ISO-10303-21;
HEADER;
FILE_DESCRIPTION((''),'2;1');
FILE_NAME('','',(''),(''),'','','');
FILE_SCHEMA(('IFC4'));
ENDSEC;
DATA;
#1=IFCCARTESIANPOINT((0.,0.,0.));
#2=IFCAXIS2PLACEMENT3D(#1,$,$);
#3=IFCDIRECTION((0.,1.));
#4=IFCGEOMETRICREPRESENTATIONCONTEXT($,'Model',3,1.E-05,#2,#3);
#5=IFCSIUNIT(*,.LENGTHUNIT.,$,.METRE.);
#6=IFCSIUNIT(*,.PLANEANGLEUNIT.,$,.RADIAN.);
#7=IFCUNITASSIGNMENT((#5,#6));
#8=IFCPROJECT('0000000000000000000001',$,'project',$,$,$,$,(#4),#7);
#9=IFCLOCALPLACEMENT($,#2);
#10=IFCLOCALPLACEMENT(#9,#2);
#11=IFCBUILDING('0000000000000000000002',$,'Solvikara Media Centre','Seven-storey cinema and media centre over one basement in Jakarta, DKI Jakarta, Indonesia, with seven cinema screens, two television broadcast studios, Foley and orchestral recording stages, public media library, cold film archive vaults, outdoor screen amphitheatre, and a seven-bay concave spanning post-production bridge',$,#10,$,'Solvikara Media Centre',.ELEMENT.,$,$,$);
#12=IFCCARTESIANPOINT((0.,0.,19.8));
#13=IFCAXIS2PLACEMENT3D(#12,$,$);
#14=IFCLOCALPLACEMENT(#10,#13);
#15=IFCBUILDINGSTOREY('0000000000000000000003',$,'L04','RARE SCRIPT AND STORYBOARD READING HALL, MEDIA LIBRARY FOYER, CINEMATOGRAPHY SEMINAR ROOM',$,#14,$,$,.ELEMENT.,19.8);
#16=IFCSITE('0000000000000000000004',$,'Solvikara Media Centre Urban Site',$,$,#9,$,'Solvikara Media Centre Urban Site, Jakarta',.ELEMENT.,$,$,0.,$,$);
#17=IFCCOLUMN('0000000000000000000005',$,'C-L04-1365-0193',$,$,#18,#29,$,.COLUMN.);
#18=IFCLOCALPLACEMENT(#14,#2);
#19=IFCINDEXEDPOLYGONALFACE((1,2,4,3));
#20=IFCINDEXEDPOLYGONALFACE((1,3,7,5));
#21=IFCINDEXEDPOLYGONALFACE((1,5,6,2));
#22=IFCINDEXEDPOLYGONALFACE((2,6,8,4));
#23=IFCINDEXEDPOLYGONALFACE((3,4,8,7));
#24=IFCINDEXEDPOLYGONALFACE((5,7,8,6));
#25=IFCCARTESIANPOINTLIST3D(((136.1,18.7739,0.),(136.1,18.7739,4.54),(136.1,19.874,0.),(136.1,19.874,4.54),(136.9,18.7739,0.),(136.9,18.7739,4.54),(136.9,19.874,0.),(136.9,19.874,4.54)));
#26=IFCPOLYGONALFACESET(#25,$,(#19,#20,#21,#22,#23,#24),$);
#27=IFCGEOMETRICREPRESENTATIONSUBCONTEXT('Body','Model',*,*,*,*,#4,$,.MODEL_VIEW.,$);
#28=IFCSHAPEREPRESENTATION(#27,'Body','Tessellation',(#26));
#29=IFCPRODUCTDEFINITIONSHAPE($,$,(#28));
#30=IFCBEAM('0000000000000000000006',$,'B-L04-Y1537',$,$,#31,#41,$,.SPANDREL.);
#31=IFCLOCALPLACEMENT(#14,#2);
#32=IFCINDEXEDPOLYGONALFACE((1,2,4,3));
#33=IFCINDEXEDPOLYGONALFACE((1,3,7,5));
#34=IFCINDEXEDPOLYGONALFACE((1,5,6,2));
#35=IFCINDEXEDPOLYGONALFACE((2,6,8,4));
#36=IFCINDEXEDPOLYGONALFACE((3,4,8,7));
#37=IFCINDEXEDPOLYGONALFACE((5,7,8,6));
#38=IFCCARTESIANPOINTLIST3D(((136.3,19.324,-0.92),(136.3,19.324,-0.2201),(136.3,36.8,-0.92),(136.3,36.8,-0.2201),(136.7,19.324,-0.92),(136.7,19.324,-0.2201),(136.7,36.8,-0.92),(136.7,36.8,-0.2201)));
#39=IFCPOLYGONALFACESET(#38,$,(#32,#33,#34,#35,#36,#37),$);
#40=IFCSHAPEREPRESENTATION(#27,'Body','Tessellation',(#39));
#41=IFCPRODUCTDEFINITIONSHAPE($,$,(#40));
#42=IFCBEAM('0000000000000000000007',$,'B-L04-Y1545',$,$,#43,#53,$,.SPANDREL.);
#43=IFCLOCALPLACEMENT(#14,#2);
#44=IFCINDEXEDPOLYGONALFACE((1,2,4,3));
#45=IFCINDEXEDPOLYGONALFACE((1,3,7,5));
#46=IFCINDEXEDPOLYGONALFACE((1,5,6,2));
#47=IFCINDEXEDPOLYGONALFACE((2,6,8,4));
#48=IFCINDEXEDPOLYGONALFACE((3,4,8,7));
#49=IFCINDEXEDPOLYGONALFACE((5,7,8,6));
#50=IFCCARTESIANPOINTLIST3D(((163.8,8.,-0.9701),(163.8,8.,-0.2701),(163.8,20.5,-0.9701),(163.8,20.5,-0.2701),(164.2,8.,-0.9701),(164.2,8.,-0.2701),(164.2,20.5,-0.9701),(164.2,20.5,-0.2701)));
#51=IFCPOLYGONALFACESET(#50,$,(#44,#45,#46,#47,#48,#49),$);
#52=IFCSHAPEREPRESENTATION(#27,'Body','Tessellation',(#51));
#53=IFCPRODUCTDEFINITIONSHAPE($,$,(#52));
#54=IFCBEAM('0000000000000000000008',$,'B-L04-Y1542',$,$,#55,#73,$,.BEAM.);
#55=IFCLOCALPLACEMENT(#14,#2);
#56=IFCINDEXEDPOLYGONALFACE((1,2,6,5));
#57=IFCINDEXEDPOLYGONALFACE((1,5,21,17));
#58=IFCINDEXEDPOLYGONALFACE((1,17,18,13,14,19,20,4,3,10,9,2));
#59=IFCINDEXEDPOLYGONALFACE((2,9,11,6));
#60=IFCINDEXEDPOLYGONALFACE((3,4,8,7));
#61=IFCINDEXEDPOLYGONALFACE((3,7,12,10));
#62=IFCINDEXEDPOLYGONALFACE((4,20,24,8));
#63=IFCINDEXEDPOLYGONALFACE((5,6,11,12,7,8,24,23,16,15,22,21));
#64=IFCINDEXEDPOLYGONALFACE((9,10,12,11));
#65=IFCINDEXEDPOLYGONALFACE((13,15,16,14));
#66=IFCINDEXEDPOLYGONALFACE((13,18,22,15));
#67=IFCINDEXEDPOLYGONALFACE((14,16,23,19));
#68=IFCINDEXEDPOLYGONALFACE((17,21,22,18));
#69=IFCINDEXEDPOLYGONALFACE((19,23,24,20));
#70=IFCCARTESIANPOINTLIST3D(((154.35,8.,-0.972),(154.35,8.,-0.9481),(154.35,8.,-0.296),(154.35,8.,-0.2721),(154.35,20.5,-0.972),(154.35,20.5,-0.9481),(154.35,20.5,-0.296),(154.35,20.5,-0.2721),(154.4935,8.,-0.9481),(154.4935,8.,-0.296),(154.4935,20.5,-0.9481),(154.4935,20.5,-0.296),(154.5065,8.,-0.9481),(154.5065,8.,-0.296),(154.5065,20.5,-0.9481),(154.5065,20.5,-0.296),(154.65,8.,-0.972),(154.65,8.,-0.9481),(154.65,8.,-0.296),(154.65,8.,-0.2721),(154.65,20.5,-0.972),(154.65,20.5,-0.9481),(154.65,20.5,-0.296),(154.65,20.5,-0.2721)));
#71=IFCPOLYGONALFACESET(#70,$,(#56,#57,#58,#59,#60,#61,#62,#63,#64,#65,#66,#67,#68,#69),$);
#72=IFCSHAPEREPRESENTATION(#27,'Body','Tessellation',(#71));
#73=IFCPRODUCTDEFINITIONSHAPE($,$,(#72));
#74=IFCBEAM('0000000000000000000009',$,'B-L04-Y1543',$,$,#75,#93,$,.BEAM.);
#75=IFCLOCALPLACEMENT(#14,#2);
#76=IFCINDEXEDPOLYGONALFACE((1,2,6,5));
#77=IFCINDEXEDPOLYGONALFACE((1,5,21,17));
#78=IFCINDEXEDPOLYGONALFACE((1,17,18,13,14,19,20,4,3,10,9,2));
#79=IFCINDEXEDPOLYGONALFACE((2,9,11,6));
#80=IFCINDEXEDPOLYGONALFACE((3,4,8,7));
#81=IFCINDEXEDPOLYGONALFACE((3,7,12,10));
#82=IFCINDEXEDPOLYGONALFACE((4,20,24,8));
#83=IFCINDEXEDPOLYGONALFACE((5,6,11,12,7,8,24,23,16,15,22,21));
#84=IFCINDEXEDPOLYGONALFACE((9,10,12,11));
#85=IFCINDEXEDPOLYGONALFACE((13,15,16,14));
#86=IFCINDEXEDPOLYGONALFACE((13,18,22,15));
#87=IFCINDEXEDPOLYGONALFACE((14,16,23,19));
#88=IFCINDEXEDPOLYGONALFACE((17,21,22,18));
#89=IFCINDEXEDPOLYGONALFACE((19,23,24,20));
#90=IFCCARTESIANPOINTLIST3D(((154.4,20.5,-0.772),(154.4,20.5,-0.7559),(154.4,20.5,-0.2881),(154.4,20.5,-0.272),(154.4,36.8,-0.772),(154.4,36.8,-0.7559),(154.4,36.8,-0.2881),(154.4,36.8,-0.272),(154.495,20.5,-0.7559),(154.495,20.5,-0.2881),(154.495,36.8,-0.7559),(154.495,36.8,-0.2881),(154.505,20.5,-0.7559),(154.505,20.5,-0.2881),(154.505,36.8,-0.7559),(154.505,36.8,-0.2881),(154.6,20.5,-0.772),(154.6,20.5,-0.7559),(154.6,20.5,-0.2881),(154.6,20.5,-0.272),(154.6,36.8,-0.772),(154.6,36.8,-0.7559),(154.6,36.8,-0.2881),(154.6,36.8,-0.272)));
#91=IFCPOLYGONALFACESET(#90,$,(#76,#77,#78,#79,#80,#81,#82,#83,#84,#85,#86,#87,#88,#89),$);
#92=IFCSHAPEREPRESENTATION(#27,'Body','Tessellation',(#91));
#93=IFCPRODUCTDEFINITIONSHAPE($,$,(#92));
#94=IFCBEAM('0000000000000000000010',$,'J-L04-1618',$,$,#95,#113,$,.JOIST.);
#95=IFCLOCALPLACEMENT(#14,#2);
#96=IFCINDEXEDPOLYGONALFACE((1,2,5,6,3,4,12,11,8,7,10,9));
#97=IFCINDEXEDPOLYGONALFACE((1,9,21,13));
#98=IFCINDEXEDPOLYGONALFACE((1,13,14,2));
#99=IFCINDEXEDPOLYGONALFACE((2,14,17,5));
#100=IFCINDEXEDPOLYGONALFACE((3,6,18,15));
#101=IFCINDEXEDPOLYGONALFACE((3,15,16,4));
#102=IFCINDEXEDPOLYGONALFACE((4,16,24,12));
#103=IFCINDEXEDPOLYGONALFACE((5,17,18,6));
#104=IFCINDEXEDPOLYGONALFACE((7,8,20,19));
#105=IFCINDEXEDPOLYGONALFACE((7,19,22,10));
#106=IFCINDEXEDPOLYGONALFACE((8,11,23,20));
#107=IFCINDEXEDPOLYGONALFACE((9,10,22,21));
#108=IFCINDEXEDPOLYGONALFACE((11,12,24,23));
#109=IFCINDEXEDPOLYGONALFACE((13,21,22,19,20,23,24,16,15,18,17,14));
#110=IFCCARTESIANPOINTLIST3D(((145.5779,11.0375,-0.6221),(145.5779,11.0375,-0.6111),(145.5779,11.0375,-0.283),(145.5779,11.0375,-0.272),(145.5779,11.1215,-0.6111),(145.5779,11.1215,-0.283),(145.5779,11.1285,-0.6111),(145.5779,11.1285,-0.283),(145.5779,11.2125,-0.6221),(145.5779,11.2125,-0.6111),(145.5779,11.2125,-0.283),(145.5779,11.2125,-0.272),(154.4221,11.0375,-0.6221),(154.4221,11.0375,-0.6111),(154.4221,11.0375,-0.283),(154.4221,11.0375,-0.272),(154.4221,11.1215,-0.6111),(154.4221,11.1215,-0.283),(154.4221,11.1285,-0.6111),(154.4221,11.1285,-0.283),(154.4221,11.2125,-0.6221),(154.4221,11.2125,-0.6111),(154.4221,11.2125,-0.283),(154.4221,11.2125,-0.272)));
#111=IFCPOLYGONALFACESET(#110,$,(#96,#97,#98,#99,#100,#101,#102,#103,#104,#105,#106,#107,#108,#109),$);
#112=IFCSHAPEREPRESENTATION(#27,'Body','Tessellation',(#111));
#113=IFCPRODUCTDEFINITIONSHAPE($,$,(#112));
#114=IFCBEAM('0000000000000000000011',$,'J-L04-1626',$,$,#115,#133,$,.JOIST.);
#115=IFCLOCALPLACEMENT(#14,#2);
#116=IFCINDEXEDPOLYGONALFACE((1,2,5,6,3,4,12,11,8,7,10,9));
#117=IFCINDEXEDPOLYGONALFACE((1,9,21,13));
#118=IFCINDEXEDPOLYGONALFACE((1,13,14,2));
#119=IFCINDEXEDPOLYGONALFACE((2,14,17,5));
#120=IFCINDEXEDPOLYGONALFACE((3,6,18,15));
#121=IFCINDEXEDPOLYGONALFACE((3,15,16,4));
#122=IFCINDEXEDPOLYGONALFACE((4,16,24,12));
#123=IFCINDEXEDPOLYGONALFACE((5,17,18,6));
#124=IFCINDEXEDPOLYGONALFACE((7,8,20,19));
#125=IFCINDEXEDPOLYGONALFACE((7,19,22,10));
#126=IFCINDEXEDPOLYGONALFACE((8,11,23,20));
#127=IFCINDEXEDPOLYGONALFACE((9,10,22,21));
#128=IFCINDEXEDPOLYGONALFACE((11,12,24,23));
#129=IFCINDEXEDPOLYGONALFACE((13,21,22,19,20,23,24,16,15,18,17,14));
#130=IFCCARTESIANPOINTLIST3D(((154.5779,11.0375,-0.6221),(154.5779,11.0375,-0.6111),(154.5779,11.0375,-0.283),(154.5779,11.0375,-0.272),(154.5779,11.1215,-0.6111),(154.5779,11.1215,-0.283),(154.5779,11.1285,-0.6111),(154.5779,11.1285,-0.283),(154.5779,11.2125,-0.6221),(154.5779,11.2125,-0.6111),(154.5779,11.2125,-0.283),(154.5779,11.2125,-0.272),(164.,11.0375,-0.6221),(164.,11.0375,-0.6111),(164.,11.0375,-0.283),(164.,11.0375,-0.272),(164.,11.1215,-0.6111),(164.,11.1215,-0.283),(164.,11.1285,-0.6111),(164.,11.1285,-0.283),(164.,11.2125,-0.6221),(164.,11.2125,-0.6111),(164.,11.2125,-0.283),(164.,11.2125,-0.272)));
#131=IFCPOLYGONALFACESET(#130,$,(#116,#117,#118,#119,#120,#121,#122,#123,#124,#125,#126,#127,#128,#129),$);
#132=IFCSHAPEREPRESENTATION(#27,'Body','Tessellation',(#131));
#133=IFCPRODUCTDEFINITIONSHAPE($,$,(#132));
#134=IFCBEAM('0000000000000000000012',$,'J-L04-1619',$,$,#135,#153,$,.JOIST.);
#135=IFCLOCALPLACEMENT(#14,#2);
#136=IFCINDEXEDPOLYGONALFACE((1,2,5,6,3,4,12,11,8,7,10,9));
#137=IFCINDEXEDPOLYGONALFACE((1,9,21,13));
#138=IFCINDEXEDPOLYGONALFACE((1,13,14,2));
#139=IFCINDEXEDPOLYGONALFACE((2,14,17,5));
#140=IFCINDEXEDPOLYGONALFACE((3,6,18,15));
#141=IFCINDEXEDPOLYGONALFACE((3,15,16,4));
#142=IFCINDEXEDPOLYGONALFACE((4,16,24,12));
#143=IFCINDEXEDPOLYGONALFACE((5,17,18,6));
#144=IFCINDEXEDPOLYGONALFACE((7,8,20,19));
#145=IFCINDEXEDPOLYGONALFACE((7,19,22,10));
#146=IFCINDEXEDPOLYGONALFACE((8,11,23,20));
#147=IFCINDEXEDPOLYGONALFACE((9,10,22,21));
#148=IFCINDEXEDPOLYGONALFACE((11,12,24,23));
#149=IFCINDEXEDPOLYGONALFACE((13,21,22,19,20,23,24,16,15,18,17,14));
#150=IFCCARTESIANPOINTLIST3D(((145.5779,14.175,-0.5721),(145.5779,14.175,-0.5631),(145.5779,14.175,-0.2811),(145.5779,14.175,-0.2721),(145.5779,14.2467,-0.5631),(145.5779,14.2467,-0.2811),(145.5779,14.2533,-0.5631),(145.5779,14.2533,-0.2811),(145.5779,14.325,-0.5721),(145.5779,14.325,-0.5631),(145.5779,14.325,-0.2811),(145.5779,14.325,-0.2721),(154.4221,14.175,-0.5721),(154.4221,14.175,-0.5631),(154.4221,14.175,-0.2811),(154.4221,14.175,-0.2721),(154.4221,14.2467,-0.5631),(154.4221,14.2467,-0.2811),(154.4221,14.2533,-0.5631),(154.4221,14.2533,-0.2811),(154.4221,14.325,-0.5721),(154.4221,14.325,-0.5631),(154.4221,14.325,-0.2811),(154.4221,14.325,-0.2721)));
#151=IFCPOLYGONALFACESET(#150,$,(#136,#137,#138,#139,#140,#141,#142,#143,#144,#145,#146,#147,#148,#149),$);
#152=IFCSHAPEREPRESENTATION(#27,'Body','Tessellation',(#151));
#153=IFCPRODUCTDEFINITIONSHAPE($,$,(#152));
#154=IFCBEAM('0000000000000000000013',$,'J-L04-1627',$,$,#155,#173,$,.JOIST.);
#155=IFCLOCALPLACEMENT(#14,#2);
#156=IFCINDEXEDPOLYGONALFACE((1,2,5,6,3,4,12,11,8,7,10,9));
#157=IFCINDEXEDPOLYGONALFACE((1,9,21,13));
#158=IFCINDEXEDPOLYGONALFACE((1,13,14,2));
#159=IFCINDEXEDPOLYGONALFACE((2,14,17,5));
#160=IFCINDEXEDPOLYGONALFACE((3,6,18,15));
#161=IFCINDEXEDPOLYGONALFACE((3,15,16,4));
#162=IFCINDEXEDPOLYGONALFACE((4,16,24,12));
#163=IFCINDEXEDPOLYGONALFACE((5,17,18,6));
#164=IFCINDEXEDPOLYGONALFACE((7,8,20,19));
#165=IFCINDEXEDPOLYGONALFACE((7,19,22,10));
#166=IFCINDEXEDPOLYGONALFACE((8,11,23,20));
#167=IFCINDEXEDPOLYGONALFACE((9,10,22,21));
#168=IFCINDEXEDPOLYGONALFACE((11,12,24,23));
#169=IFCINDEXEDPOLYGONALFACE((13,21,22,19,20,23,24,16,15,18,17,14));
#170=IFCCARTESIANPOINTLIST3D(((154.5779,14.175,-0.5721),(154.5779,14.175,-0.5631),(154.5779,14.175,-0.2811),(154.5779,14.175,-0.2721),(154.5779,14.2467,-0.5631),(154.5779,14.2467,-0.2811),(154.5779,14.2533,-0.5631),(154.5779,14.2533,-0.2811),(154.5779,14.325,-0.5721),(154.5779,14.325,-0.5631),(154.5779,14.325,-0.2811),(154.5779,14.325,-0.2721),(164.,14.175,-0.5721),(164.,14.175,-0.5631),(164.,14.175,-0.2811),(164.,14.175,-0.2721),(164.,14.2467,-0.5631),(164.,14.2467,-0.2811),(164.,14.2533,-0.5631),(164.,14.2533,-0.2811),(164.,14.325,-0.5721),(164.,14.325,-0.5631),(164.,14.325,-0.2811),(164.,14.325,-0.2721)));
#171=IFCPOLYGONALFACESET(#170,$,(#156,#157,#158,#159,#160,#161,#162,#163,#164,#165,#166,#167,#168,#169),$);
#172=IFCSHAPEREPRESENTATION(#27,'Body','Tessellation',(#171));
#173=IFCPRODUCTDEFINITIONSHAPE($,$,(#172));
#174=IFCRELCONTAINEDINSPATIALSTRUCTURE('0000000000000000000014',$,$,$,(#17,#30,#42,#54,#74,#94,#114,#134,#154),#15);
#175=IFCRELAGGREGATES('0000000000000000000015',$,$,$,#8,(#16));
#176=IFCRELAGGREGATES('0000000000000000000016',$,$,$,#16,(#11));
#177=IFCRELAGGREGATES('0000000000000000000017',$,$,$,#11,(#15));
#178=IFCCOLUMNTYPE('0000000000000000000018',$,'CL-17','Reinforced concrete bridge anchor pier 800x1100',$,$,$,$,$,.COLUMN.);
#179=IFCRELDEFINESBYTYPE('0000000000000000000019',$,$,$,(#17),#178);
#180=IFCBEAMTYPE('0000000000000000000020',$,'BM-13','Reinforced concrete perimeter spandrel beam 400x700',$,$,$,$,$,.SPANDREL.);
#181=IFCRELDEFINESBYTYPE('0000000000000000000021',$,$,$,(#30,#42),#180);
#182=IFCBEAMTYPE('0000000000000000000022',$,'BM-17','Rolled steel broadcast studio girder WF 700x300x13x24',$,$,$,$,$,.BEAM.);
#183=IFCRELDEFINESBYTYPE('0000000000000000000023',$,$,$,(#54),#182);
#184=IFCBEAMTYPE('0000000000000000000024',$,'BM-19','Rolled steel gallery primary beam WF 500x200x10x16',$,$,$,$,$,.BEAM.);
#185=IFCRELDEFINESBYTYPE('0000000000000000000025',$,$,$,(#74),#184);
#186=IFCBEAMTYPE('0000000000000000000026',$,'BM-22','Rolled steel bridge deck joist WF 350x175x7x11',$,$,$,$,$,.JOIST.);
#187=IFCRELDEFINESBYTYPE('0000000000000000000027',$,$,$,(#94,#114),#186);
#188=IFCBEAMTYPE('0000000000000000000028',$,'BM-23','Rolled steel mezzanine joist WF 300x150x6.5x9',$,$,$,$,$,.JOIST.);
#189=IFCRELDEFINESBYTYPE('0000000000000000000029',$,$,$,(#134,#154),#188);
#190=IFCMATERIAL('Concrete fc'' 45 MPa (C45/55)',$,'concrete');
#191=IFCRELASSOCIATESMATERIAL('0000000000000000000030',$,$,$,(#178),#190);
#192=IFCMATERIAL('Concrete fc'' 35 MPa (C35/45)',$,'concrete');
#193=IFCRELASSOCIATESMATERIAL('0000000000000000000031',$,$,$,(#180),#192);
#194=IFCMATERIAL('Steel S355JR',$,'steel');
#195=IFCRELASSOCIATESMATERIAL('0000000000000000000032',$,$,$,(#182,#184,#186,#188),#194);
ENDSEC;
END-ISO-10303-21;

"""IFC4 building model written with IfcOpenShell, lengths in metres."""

from ifc_helpers import new_model, si_unit, direction, frame, origin, origin_2d, place, context, subcontext, project, spatial, rectangle, i_section, extrude, material, material_profile, profile_set, type_object, element, save


model = new_model("IFC4")

# Units and contexts
model_context = context("Model", 3, precision=1e-05, world=origin(), true_north=direction((0.0, 1.0)))
body_context = subcontext(model_context, "Body", "Model", "MODEL_VIEW")
ifc_project = project(units=[si_unit("LENGTHUNIT", "METRE"), si_unit("PLANEANGLEUNIT", "RADIAN")], contexts=[model_context])

# Site, building, storey
site_placement = place(None, origin())
site = spatial("IfcSite", under=ifc_project, at=site_placement, Name="Solvikara Media Centre Urban Site", LongName="Solvikara Media Centre Urban Site, Jakarta", CompositionType="ELEMENT", RefElevation=0.0)
building_placement = place(site_placement, origin())
building = spatial("IfcBuilding", under=site, at=building_placement, Name="Solvikara Media Centre", Description="Seven-storey cinema and media centre over one basement in Jakarta, DKI Jakarta, Indonesia, with seven cinema screens, two television broadcast studios, Foley and orchestral recording stages, public media library, cold film archive vaults, outdoor screen amphitheatre, and a seven-bay concave spanning post-production bridge", LongName="Solvikara Media Centre", CompositionType="ELEMENT")
storey_placement = place(building_placement, frame((0.0, 0.0, 19.8)))
storey = spatial("IfcBuildingStorey", under=building, at=storey_placement, Name="L04", Description="RARE SCRIPT AND STORYBOARD READING HALL, MEDIA LIBRARY FOYER, CINEMATOGRAPHY SEMINAR ROOM", CompositionType="ELEMENT", Elevation=19.8)

# Column
ifc_material_1 = material(Name="Concrete fc' 45 MPa (C45/55)", Category="concrete")
ifc_material_profile_1 = material_profile(ifc_material_1, rectangle(XDim=0.8, YDim=1.1001, at=origin_2d()), Name="RC 800x1100")
ifc_profile_set_1 = profile_set([ifc_material_profile_1], Name="Concrete fc' 45 MPa (C45/55)")
column_type = type_object("IfcColumnType", Name="CL-17", Description="Reinforced concrete bridge anchor pier 800x1100", PredefinedType="COLUMN", material=ifc_profile_set_1)
column_placement = place(storey_placement, frame((136.5, 19.324, 0.0), z_axis=(0.0, 0.0, 1.0), x_axis=(1.0, 0.0, 0.0)))
element("IfcColumn", 1, at=column_placement, inside=storey, type_object=column_type, Name="C-L04-1365-0193", PredefinedType="COLUMN", context=body_context, shape_type="SweptSolid", body=[
    extrude(rectangle(XDim=0.8, YDim=1.1001, at=origin_2d()), origin(), (0.0, 0.0, 1.0), 4.54),
])

# Beams
ifc_material_2 = material(Name="Concrete fc' 35 MPa (C35/45)", Category="concrete")
ifc_material_profile_2 = material_profile(ifc_material_2, rectangle(XDim=0.3999, YDim=0.7, at=origin_2d()), Name="RC 400x700")
ifc_profile_set_2 = profile_set([ifc_material_profile_2], Name="Concrete fc' 35 MPa (C35/45)")
beam_type_1 = type_object("IfcBeamType", Name="BM-13", Description="Reinforced concrete perimeter spandrel beam 400x700", PredefinedType="SPANDREL", material=ifc_profile_set_2)
beam_1_placement = place(storey_placement, frame((136.5, 19.324, -0.5701), z_axis=(0.0, 1.0, 0.0), x_axis=(-1.0, 0.0, 0.0)))
element("IfcBeam", 2, at=beam_1_placement, inside=storey, type_object=beam_type_1, Name="B-L04-Y1537", PredefinedType="SPANDREL", context=body_context, shape_type="SweptSolid", body=[
    extrude(rectangle(XDim=0.3999, YDim=0.7, at=origin_2d()), origin(), (0.0, 0.0, 1.0), 17.4761),
])
beam_2_placement = place(storey_placement, frame((164.0, 8.0, -0.6201), z_axis=(0.0, 1.0, 0.0), x_axis=(-1.0, 0.0, 0.0)))
element("IfcBeam", 3, at=beam_2_placement, inside=storey, type_object=beam_type_1, Name="B-L04-Y1545", PredefinedType="SPANDREL", context=body_context, shape_type="SweptSolid", body=[
    extrude(rectangle(XDim=0.3999, YDim=0.7, at=origin_2d()), origin(), (0.0, 0.0, 1.0), 12.5),
])
ifc_material_3 = material(Name="Steel S355JR", Category="steel")
ifc_material_profile_3 = material_profile(ifc_material_3, i_section(OverallWidth=0.3, OverallDepth=0.7, WebThickness=0.0129, FlangeThickness=0.0239, at=origin_2d()), Name="WF 700x300x13x24")
ifc_profile_set_3 = profile_set([ifc_material_profile_3], Name="Steel S355JR")
beam_type_2 = type_object("IfcBeamType", Name="BM-17", Description="Rolled steel broadcast studio girder WF 700x300x13x24", PredefinedType="BEAM", material=ifc_profile_set_3)
beam_3_placement = place(storey_placement, frame((154.5, 8.0, -0.6221), z_axis=(0.0, 1.0, 0.0), x_axis=(-1.0, 0.0, 0.0)))
element("IfcBeam", 4, at=beam_3_placement, inside=storey, type_object=beam_type_2, Name="B-L04-Y1542", PredefinedType="BEAM", context=body_context, shape_type="SweptSolid", body=[
    extrude(i_section(OverallWidth=0.3, OverallDepth=0.7, WebThickness=0.0129, FlangeThickness=0.0239, at=origin_2d()), origin(), (0.0, 0.0, 1.0), 12.5),
])
ifc_material_profile_4 = material_profile(ifc_material_3, i_section(OverallWidth=0.2, OverallDepth=0.5, WebThickness=0.01, FlangeThickness=0.0161, at=origin_2d()), Name="WF 500x200x10x16")
ifc_profile_set_4 = profile_set([ifc_material_profile_4], Name="Steel S355JR")
beam_type_3 = type_object("IfcBeamType", Name="BM-19", Description="Rolled steel gallery primary beam WF 500x200x10x16", PredefinedType="BEAM", material=ifc_profile_set_4)
beam_4_placement = place(storey_placement, frame((154.5, 20.5, -0.522), z_axis=(0.0, 1.0, 0.0), x_axis=(-1.0, 0.0, 0.0)))
element("IfcBeam", 5, at=beam_4_placement, inside=storey, type_object=beam_type_3, Name="B-L04-Y1543", PredefinedType="BEAM", context=body_context, shape_type="SweptSolid", body=[
    extrude(i_section(OverallWidth=0.2, OverallDepth=0.5, WebThickness=0.01, FlangeThickness=0.0161, at=origin_2d()), origin(), (0.0, 0.0, 1.0), 16.3),
])
ifc_material_profile_5 = material_profile(ifc_material_3, i_section(OverallWidth=0.175, OverallDepth=0.3501, WebThickness=0.0071, FlangeThickness=0.011, at=origin_2d()), Name="WF 350x175x7x11")
ifc_profile_set_5 = profile_set([ifc_material_profile_5], Name="Steel S355JR")
beam_type_4 = type_object("IfcBeamType", Name="BM-22", Description="Rolled steel bridge deck joist WF 350x175x7x11", PredefinedType="JOIST", material=ifc_profile_set_5)
beam_5_placement = place(storey_placement, frame((145.5779, 11.125, -0.447), z_axis=(1.0, 0.0, 0.0), x_axis=(0.0, 1.0, 0.0)))
element("IfcBeam", 6, at=beam_5_placement, inside=storey, type_object=beam_type_4, Name="J-L04-1618", PredefinedType="JOIST", context=body_context, shape_type="SweptSolid", body=[
    extrude(i_section(OverallWidth=0.175, OverallDepth=0.3501, WebThickness=0.0071, FlangeThickness=0.011, at=origin_2d()), origin(), (0.0, 0.0, 1.0), 8.8442),
])
beam_6_placement = place(storey_placement, frame((154.5779, 11.125, -0.447), z_axis=(1.0, 0.0, 0.0), x_axis=(0.0, 1.0, 0.0)))
element("IfcBeam", 7, at=beam_6_placement, inside=storey, type_object=beam_type_4, Name="J-L04-1626", PredefinedType="JOIST", context=body_context, shape_type="SweptSolid", body=[
    extrude(i_section(OverallWidth=0.175, OverallDepth=0.3501, WebThickness=0.0071, FlangeThickness=0.011, at=origin_2d()), origin(), (0.0, 0.0, 1.0), 9.4221),
])
ifc_material_profile_6 = material_profile(ifc_material_3, i_section(OverallWidth=0.1499, OverallDepth=0.3, WebThickness=0.0066, FlangeThickness=0.009, at=origin_2d()), Name="WF 300x150x6.5x9")
ifc_profile_set_6 = profile_set([ifc_material_profile_6], Name="Steel S355JR")
beam_type_5 = type_object("IfcBeamType", Name="BM-23", Description="Rolled steel mezzanine joist WF 300x150x6.5x9", PredefinedType="JOIST", material=ifc_profile_set_6)
beam_7_placement = place(storey_placement, frame((145.5779, 14.25, -0.4221), z_axis=(1.0, 0.0, 0.0), x_axis=(0.0, 1.0, 0.0)))
element("IfcBeam", 8, at=beam_7_placement, inside=storey, type_object=beam_type_5, Name="J-L04-1619", PredefinedType="JOIST", context=body_context, shape_type="SweptSolid", body=[
    extrude(i_section(OverallWidth=0.1499, OverallDepth=0.3, WebThickness=0.0066, FlangeThickness=0.009, at=origin_2d()), origin(), (0.0, 0.0, 1.0), 8.8442),
])
beam_8_placement = place(storey_placement, frame((154.5779, 14.25, -0.4221), z_axis=(1.0, 0.0, 0.0), x_axis=(0.0, 1.0, 0.0)))
element("IfcBeam", 9, at=beam_8_placement, inside=storey, type_object=beam_type_5, Name="J-L04-1627", PredefinedType="JOIST", context=body_context, shape_type="SweptSolid", body=[
    extrude(i_section(OverallWidth=0.1499, OverallDepth=0.3, WebThickness=0.0066, FlangeThickness=0.009, at=origin_2d()), origin(), (0.0, 0.0, 1.0), 9.4221),
])

save(model, "model.ifc")
